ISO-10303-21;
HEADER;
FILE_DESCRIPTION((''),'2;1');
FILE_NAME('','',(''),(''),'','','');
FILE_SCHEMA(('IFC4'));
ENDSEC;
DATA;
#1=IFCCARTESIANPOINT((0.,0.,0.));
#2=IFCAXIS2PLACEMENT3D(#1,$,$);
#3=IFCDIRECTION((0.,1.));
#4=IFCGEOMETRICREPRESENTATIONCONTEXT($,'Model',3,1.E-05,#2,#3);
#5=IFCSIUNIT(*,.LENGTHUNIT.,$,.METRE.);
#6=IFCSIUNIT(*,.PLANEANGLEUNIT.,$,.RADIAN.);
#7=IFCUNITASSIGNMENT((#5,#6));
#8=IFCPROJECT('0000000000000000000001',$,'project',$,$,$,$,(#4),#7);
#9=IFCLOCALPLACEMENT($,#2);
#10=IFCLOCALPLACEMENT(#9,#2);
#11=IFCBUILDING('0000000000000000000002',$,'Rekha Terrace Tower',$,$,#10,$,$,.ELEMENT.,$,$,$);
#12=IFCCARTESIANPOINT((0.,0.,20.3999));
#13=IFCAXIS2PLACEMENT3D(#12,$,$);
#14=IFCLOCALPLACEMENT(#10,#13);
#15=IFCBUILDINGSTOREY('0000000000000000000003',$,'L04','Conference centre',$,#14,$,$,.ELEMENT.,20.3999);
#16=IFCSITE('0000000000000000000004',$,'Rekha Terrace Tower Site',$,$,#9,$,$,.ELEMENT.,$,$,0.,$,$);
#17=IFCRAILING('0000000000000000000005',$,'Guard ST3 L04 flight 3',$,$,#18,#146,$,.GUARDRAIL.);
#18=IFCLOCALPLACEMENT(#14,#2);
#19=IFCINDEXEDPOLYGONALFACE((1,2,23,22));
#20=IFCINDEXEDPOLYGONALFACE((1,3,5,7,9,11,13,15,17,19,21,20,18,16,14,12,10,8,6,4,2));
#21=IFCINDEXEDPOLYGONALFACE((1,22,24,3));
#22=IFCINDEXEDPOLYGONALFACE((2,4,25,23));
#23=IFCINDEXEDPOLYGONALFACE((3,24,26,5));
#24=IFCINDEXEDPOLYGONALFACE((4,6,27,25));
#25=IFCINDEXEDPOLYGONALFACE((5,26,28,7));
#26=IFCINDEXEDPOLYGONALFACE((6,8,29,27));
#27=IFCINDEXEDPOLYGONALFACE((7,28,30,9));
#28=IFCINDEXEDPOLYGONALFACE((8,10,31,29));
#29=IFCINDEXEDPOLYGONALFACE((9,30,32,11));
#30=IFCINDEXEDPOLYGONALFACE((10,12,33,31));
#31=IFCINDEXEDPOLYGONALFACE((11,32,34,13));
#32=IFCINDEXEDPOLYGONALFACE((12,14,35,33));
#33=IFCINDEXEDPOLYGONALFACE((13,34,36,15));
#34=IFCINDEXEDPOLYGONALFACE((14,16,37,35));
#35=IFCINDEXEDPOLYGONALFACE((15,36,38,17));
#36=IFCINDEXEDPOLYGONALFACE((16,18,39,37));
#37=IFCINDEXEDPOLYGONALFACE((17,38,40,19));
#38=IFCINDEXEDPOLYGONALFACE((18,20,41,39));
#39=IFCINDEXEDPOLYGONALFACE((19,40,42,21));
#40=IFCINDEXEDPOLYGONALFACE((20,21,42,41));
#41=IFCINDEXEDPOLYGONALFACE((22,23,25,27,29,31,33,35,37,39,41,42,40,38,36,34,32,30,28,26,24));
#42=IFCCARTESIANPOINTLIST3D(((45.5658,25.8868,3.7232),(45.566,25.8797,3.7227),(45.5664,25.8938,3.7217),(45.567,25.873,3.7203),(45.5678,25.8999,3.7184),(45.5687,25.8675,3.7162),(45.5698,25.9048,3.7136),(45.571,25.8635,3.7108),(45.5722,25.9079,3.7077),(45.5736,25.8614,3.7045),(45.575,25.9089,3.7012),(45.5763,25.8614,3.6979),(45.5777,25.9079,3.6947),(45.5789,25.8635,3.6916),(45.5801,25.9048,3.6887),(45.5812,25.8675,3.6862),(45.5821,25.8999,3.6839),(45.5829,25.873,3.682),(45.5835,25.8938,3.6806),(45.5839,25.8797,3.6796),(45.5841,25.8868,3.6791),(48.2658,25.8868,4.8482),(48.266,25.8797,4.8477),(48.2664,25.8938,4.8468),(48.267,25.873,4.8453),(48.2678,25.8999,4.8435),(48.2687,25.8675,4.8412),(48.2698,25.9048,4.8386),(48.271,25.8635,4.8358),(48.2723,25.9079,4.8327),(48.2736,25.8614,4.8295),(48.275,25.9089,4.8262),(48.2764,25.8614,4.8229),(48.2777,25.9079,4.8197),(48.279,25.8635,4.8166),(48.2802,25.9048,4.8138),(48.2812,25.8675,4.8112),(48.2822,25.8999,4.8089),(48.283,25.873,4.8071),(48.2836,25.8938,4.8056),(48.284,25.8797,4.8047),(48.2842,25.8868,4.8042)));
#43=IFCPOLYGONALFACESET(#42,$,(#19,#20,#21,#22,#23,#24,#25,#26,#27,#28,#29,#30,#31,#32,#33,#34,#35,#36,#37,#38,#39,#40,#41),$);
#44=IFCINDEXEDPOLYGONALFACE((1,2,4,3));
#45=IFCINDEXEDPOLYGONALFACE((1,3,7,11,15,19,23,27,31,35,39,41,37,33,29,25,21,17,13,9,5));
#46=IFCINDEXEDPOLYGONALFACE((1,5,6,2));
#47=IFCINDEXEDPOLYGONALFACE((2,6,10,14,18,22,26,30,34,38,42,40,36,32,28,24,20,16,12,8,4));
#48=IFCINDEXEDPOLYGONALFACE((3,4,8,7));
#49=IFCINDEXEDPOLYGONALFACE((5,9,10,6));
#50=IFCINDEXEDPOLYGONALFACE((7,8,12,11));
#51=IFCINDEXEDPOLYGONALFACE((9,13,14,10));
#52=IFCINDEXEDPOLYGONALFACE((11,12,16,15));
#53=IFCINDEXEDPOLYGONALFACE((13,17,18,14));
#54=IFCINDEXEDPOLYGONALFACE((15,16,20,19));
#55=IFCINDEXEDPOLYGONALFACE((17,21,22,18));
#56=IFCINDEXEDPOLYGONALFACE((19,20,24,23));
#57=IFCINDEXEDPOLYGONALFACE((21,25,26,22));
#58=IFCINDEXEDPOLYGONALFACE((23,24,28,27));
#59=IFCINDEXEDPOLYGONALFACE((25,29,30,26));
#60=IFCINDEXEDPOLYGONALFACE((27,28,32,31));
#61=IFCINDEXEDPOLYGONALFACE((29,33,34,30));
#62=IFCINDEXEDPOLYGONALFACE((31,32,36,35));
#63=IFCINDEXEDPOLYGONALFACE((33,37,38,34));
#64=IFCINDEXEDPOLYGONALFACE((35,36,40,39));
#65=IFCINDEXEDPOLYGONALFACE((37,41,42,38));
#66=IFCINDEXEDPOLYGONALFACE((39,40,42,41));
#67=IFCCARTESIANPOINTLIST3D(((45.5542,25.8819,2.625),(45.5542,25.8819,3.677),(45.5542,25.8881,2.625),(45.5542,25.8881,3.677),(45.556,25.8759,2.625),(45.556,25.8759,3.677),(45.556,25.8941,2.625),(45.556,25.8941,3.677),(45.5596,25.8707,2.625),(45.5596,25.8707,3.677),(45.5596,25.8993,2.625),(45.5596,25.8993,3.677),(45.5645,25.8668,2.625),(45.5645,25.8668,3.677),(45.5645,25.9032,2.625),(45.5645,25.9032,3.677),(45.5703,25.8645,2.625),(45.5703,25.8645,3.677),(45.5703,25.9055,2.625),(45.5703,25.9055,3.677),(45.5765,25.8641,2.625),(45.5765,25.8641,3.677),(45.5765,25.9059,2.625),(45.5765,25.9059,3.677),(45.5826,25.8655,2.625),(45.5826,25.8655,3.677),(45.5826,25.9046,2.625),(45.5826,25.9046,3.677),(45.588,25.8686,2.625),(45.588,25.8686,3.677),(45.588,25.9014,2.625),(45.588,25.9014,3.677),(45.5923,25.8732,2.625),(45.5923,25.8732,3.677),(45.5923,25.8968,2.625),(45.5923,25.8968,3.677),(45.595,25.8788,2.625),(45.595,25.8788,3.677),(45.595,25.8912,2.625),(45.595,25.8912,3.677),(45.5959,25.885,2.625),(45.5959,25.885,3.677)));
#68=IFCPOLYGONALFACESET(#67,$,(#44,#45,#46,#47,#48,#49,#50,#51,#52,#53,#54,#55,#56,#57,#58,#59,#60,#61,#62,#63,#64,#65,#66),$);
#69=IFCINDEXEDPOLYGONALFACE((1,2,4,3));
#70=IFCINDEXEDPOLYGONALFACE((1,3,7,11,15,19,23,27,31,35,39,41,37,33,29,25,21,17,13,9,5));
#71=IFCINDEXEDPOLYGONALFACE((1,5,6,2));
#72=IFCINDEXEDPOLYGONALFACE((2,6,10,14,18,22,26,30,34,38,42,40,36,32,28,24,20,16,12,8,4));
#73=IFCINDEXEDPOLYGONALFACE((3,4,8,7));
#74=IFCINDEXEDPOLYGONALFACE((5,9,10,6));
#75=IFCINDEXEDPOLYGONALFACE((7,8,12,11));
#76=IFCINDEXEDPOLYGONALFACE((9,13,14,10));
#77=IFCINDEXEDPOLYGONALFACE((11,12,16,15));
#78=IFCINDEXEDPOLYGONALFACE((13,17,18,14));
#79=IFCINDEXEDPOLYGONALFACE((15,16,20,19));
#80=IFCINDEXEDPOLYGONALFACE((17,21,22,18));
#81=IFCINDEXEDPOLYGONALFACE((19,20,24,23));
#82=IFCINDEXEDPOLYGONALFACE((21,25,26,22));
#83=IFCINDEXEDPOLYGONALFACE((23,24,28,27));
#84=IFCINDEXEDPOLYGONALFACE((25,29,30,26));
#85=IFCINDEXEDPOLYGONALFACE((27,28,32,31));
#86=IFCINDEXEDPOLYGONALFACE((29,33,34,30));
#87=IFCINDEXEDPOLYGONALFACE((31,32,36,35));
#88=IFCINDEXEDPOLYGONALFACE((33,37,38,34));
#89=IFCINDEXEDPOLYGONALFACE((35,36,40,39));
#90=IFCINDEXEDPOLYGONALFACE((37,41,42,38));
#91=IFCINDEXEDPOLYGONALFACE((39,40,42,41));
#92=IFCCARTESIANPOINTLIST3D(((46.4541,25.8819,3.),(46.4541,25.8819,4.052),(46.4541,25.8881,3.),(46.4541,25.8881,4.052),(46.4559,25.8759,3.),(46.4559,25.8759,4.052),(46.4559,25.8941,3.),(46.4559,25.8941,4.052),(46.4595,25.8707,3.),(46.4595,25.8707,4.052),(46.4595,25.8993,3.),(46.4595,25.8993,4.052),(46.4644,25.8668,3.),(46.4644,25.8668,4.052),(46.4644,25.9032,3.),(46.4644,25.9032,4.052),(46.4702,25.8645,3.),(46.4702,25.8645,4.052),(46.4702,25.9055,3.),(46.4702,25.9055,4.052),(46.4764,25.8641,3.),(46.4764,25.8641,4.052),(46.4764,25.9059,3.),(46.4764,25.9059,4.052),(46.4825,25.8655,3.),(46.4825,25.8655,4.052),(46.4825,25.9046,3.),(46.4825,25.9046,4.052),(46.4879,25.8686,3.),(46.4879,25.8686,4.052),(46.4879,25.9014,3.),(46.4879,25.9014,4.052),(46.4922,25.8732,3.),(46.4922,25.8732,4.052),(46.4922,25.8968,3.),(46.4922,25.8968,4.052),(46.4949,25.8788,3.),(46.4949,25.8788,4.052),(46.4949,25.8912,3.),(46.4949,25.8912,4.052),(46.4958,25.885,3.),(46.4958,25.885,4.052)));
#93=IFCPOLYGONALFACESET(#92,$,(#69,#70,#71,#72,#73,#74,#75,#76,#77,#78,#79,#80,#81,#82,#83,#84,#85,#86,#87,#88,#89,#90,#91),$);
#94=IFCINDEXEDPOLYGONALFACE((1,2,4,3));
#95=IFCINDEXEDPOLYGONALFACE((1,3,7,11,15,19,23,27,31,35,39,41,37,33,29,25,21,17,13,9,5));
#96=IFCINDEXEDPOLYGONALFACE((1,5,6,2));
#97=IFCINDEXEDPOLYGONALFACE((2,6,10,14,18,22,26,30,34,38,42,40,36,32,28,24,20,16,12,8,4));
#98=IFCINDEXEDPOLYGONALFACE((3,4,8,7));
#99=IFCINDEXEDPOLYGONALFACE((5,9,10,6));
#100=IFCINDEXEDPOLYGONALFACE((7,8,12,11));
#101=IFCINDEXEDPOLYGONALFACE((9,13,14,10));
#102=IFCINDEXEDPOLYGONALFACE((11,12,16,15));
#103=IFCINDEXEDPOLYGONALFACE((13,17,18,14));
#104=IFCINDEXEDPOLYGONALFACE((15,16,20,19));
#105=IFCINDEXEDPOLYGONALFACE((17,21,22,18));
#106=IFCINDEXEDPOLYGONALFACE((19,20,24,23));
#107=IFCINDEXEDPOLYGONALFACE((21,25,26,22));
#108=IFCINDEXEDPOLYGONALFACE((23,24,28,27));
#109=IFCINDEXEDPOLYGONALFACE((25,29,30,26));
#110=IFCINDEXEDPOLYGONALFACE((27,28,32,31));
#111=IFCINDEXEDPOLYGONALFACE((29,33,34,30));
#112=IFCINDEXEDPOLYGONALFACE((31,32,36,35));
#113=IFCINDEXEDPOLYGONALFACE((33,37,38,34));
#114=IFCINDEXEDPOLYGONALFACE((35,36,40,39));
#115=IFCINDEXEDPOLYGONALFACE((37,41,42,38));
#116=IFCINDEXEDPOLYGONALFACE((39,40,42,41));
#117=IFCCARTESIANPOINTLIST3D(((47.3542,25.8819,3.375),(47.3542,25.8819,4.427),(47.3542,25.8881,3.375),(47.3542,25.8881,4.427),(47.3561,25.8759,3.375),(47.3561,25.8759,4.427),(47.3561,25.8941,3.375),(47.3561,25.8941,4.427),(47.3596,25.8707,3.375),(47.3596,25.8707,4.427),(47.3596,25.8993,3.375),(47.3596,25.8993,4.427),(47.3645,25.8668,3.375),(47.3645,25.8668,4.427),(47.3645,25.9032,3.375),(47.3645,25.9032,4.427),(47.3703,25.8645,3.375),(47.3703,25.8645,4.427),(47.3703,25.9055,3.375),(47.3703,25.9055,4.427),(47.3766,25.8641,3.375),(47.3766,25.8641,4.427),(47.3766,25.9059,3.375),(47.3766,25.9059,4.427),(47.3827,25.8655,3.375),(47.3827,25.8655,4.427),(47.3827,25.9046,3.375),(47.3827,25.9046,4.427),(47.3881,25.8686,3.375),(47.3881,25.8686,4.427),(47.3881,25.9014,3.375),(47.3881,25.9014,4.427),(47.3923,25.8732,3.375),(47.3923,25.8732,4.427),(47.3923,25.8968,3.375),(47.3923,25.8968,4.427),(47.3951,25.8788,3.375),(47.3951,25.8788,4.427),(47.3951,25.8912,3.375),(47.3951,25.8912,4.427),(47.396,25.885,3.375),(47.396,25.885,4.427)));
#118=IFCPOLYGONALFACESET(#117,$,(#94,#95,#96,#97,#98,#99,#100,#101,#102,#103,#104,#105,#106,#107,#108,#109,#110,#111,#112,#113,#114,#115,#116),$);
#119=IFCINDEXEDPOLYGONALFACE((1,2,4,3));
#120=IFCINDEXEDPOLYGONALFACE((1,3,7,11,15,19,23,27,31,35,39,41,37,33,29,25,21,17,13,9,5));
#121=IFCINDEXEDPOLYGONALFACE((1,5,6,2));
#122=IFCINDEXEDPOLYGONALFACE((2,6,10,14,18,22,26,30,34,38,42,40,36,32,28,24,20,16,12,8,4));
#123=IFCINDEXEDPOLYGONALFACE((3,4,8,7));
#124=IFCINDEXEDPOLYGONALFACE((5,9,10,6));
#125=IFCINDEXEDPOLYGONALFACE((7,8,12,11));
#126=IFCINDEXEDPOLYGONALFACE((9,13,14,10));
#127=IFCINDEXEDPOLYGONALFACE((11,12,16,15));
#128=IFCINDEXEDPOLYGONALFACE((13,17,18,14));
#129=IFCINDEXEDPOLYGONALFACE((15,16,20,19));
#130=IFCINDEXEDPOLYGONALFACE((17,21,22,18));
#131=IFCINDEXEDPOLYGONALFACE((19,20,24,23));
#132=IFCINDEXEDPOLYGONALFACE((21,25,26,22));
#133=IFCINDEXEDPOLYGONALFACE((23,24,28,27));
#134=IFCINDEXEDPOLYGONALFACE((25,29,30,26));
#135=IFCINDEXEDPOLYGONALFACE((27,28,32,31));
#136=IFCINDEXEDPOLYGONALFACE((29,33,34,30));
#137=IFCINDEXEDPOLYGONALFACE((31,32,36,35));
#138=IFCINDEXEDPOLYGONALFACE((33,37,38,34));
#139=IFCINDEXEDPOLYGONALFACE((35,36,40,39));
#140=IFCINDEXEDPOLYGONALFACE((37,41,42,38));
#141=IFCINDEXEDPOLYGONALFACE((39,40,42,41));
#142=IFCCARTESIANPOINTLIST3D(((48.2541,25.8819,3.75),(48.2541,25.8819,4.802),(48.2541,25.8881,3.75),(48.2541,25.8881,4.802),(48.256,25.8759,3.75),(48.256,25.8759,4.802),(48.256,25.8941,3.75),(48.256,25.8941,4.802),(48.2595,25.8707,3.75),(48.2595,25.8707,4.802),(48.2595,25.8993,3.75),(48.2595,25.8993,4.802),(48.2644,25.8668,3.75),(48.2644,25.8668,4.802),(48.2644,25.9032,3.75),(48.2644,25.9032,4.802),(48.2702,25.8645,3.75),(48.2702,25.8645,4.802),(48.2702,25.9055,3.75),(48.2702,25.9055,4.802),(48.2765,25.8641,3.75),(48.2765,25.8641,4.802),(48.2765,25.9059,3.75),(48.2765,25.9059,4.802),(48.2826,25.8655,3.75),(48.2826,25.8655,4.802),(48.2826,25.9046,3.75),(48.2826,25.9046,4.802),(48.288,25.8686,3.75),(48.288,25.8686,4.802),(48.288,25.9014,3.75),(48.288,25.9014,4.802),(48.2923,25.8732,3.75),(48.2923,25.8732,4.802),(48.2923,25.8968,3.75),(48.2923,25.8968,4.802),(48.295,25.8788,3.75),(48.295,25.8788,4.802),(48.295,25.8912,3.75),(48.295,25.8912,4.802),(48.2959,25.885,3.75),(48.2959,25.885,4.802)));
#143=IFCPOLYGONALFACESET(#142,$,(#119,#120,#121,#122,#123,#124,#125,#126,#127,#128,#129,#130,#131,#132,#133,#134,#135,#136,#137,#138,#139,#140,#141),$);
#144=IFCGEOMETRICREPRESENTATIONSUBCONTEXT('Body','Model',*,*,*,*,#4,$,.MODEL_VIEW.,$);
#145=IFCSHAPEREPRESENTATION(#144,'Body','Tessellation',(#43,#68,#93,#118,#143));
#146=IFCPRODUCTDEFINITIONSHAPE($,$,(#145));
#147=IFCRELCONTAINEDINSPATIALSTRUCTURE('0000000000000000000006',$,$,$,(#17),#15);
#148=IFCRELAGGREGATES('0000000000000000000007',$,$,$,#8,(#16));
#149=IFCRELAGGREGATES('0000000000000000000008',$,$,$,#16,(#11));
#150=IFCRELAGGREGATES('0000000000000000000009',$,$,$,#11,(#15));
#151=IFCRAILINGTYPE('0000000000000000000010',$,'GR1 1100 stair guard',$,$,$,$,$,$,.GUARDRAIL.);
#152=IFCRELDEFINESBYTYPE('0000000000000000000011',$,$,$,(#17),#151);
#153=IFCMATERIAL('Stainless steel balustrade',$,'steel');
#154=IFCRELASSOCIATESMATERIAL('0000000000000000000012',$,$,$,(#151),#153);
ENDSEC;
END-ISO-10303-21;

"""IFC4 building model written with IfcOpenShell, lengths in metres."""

from ifc_helpers import new_model, si_unit, direction, frame, origin, origin_2d, place, context, subcontext, project, spatial, circle, extrude, material, type_object, element, save


model = new_model("IFC4")

# Units and contexts
model_context = context("Model", 3, precision=1e-05, world=origin(), true_north=direction((0.0, 1.0)))
body_context = subcontext(model_context, "Body", "Model", "MODEL_VIEW")
ifc_project = project(units=[si_unit("LENGTHUNIT", "METRE"), si_unit("PLANEANGLEUNIT", "RADIAN")], contexts=[model_context])

# Site, building, storey
site_placement = place(None, origin())
site = spatial("IfcSite", under=ifc_project, at=site_placement, Name="Rekha Terrace Tower Site", CompositionType="ELEMENT", RefElevation=0.0)
building_placement = place(site_placement, origin())
building = spatial("IfcBuilding", under=site, at=building_placement, Name="Rekha Terrace Tower", CompositionType="ELEMENT")
storey_placement = place(building_placement, frame((0.0, 0.0, 20.3999)))
storey = spatial("IfcBuildingStorey", under=building, at=storey_placement, Name="L04", Description="Conference centre", CompositionType="ELEMENT", Elevation=20.3999)

# Railing
ifc_material_1 = material(Name="Stainless steel balustrade", Category="steel")
railing_type_1 = type_object("IfcRailingType", Name="GR1 1100 stair guard", PredefinedType="GUARDRAIL", material=ifc_material_1)
railing_1_placement = place(storey_placement, frame((45.575, 25.885, 2.625)))
element("IfcRailing", 1, at=railing_1_placement, inside=storey, type_object=railing_type_1, Name="Guard ST3 L04 flight 3", PredefinedType="GUARDRAIL", context=body_context, shape_type="SweptSolid", body=[
    extrude(circle(Radius=0.0239, at=origin_2d()), frame((0.0, 0.0, 1.0762), z_axis=(0.923074, 0.0, 0.384621), x_axis=(0.0, 1.0, 0.0)), (0.0, 0.0, 1.0), 2.925),
    extrude(circle(Radius=0.021, at=origin_2d()), origin(), (0.0, 0.0, 1.0), 1.052),
    extrude(circle(Radius=0.021, at=origin_2d()), frame((0.8999, 0.0, 0.375)), (0.0, 0.0, 1.0), 1.052),
    extrude(circle(Radius=0.021, at=origin_2d()), frame((1.8, 0.0, 0.75)), (0.0, 0.0, 1.0), 1.052),
    extrude(circle(Radius=0.021, at=origin_2d()), frame((2.7, 0.0, 1.125)), (0.0, 0.0, 1.0), 1.052),
])

save(model, "model.ifc")
